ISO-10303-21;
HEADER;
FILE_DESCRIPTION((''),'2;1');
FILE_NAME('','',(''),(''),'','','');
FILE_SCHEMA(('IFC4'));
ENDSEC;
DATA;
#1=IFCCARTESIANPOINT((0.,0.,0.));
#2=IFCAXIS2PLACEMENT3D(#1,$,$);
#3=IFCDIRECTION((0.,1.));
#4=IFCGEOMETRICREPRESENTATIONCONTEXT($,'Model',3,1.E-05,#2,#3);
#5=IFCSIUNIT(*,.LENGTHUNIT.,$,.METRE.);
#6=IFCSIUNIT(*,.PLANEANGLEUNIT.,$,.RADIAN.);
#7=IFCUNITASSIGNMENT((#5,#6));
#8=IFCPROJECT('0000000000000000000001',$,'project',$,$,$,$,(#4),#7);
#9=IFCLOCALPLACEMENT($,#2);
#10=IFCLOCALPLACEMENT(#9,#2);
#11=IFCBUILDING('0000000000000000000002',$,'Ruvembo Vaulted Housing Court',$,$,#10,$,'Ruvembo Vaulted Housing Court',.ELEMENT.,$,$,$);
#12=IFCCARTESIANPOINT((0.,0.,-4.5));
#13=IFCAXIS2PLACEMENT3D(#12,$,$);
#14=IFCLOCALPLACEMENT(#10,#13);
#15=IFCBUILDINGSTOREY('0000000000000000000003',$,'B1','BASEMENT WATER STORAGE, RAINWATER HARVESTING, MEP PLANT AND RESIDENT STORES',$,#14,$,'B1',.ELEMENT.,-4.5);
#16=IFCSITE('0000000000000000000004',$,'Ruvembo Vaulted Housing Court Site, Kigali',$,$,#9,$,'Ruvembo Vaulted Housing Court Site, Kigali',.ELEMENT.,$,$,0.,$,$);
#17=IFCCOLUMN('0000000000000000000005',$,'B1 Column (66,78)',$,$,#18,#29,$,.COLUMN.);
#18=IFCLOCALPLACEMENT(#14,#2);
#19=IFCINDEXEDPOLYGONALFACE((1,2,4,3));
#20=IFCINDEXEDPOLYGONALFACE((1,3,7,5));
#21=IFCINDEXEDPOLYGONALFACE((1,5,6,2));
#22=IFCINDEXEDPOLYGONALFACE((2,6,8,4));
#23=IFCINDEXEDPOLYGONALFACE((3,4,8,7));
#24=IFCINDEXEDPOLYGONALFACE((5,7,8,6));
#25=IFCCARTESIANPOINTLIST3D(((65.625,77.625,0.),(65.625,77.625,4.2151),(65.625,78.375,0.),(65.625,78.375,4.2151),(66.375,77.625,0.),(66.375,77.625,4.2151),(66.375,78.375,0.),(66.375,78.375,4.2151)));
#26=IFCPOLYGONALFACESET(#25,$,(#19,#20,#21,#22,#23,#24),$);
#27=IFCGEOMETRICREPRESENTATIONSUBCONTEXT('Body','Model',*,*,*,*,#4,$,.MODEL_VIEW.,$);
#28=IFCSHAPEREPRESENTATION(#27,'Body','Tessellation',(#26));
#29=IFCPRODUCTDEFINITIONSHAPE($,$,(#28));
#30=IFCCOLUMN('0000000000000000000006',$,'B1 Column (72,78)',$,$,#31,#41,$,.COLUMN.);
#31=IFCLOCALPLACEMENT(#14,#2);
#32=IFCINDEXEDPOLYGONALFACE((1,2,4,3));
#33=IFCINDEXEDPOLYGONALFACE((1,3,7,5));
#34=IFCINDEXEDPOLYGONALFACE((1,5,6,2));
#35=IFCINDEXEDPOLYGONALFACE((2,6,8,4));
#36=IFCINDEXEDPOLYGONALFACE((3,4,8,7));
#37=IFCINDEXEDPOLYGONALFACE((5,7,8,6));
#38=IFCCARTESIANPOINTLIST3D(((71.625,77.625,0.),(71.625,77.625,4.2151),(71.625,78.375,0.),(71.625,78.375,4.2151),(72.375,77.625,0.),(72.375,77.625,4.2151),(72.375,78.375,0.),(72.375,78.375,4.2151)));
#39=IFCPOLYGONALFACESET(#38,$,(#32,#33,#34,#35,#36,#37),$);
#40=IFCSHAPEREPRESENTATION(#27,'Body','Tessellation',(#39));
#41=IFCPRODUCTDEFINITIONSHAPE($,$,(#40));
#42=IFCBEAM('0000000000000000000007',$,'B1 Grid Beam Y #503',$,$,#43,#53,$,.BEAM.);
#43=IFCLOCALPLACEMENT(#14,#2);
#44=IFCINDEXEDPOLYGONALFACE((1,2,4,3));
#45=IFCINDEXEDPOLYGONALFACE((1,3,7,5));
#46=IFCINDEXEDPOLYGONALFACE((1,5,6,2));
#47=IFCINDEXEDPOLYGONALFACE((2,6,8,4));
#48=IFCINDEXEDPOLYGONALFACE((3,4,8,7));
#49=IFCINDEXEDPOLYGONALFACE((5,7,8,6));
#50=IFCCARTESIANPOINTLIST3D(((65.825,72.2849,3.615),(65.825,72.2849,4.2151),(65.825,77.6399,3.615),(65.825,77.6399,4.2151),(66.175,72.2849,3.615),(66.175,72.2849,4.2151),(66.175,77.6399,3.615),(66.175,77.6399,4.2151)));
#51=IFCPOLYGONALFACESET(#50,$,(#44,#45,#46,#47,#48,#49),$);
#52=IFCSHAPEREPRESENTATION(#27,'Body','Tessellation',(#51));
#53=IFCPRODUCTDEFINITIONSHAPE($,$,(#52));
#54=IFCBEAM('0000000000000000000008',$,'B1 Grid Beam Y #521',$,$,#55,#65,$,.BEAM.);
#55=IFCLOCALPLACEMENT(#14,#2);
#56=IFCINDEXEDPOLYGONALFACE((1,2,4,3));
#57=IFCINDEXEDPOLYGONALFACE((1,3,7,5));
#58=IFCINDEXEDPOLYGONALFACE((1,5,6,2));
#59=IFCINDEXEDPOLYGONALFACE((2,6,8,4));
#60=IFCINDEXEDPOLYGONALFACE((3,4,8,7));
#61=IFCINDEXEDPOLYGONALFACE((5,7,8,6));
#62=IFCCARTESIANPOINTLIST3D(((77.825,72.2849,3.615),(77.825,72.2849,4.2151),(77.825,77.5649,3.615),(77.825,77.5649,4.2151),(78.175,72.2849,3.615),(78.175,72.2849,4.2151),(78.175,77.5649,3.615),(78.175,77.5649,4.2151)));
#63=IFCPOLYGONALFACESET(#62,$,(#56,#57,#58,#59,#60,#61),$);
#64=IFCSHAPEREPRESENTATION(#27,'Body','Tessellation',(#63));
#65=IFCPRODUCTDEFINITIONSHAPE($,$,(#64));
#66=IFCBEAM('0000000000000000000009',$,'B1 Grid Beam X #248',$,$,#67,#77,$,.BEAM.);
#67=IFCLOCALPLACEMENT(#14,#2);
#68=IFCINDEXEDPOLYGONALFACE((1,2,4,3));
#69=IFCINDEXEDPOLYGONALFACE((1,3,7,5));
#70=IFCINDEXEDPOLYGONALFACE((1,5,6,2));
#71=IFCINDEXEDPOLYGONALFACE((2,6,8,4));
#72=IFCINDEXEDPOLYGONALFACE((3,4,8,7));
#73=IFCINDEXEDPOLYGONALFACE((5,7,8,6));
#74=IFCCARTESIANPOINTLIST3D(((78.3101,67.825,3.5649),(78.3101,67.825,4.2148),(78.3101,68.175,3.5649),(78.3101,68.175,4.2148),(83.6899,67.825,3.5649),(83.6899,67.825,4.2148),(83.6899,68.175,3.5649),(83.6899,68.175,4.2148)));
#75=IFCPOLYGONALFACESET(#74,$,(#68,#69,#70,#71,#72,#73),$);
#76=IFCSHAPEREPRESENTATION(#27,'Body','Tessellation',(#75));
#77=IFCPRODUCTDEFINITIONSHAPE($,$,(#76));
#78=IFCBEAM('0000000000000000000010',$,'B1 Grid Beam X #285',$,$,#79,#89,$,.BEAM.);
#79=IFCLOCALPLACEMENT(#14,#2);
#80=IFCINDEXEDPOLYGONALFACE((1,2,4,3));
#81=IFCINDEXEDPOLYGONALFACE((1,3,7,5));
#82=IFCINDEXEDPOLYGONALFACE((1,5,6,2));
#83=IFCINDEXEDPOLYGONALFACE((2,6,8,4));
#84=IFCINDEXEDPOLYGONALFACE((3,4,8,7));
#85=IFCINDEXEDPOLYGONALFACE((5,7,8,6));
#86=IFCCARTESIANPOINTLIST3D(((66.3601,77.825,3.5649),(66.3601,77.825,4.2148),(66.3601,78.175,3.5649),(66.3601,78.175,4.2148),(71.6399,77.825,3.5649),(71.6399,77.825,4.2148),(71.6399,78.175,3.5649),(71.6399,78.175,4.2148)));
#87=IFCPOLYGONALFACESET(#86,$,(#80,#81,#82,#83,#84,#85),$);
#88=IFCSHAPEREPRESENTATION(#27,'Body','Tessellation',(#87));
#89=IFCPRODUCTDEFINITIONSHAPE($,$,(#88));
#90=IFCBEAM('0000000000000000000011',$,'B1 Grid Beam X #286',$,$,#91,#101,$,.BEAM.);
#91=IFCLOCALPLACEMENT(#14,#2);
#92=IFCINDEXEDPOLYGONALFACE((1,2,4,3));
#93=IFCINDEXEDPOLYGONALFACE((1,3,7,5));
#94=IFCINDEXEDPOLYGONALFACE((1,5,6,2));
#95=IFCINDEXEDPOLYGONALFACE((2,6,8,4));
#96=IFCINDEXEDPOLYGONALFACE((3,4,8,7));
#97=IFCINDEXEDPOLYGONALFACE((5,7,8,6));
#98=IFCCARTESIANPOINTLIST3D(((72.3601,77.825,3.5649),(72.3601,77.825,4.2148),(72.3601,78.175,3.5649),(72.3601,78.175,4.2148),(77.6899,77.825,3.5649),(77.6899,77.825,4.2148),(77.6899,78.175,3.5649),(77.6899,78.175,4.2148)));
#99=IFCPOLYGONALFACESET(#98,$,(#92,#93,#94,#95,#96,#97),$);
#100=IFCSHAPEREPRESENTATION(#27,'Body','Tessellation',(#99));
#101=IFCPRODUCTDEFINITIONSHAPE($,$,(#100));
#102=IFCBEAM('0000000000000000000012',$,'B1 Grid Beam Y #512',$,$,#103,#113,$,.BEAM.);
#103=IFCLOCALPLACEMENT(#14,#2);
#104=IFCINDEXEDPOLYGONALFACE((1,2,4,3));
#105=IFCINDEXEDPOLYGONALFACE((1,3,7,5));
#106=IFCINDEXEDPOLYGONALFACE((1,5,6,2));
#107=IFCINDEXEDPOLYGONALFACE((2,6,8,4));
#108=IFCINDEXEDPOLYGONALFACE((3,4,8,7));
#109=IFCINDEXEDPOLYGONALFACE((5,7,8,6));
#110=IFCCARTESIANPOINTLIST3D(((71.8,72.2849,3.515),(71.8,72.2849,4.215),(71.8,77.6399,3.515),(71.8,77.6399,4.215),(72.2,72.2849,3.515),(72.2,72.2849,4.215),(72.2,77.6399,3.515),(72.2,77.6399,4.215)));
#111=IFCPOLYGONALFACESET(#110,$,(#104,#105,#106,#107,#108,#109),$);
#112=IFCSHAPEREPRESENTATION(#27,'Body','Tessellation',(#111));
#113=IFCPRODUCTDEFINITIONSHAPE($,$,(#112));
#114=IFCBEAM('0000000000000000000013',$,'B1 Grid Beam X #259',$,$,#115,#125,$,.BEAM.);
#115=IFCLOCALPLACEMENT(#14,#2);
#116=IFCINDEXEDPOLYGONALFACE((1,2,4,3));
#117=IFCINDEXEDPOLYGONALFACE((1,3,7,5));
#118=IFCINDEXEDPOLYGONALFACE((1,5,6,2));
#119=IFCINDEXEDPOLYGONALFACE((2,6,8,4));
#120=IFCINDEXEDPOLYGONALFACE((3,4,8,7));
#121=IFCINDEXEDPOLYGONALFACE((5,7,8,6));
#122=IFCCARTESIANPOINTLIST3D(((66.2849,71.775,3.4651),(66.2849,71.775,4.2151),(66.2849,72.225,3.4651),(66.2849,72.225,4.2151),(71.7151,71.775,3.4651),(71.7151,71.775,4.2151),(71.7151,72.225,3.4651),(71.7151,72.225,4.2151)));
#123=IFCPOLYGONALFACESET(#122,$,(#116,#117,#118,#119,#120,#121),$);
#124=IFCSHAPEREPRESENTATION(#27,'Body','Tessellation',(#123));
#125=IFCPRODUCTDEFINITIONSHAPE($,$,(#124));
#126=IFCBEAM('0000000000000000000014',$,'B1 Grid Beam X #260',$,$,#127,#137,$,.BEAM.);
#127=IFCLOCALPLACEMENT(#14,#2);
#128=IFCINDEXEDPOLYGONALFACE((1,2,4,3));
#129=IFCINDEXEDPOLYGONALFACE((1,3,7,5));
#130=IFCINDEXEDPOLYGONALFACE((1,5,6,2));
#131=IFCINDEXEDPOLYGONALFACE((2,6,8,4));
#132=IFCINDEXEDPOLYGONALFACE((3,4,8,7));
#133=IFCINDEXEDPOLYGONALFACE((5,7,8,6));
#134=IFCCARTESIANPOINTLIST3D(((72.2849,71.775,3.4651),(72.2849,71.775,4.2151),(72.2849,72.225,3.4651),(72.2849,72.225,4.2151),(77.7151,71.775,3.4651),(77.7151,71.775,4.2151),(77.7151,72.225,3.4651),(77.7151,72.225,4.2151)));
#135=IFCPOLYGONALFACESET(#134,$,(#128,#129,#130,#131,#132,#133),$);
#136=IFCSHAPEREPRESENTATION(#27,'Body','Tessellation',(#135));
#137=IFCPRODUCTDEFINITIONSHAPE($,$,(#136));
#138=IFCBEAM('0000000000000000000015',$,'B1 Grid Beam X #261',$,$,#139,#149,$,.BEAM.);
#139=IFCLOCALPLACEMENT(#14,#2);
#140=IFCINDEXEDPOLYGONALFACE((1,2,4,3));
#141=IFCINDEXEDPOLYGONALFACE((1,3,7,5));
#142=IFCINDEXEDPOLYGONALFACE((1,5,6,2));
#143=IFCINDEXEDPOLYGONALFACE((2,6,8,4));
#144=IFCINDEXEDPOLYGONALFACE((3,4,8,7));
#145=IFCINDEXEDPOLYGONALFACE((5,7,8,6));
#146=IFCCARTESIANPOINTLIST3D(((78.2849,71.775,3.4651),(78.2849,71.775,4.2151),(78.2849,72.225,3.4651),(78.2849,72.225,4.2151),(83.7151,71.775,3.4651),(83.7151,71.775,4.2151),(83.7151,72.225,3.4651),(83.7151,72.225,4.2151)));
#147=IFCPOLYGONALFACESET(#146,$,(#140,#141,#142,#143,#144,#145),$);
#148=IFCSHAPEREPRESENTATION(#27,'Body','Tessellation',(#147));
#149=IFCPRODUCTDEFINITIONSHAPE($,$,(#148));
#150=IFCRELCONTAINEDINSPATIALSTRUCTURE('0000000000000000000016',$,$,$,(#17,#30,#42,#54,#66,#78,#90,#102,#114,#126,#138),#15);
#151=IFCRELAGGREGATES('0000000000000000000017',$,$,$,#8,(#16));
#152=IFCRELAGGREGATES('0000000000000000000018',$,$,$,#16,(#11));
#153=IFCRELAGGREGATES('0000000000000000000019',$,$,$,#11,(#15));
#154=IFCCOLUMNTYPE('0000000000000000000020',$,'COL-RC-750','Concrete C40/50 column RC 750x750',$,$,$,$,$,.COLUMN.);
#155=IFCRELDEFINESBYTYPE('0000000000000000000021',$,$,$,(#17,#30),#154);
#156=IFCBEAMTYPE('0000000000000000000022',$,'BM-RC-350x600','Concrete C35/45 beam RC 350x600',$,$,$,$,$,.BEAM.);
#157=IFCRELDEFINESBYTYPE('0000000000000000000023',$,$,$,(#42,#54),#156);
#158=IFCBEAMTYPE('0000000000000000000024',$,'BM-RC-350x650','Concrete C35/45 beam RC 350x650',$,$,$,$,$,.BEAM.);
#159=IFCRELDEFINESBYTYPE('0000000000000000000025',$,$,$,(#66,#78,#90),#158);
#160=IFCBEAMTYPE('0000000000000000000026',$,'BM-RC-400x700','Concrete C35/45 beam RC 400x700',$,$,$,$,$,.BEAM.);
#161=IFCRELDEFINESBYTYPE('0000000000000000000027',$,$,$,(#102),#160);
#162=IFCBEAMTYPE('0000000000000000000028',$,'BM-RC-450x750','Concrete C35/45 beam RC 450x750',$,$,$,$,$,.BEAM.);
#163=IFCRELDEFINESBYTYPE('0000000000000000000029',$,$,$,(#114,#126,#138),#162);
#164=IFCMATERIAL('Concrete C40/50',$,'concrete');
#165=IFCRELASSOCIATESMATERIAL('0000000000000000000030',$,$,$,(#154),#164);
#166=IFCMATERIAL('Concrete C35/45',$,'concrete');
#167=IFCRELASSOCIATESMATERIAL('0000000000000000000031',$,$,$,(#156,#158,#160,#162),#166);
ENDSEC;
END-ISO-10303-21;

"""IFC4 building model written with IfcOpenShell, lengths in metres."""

from ifc_helpers import new_model, si_unit, direction, frame, origin, origin_2d, place, context, subcontext, project, spatial, rectangle, extrude, material, material_profile, profile_set, type_object, element, save


model = new_model("IFC4")

# Units and contexts
model_context = context("Model", 3, precision=1e-05, world=origin(), true_north=direction((0.0, 1.0)))
body_context = subcontext(model_context, "Body", "Model", "MODEL_VIEW")
ifc_project = project(units=[si_unit("LENGTHUNIT", "METRE"), si_unit("PLANEANGLEUNIT", "RADIAN")], contexts=[model_context])

# Site, building, storey
site_placement = place(None, origin())
site = spatial("IfcSite", under=ifc_project, at=site_placement, Name="Ruvembo Vaulted Housing Court Site, Kigali", LongName="Ruvembo Vaulted Housing Court Site, Kigali", CompositionType="ELEMENT", RefElevation=0.0)
building_placement = place(site_placement, origin())
building = spatial("IfcBuilding", under=site, at=building_placement, Name="Ruvembo Vaulted Housing Court", LongName="Ruvembo Vaulted Housing Court", CompositionType="ELEMENT")
storey_placement = place(building_placement, frame((0.0, 0.0, -4.5)))
storey = spatial("IfcBuildingStorey", under=building, at=storey_placement, Name="B1", Description="BASEMENT WATER STORAGE, RAINWATER HARVESTING, MEP PLANT AND RESIDENT STORES", LongName="B1", CompositionType="ELEMENT", Elevation=-4.5)

# Shared definitions
ifc_material_1 = material(Name="Concrete C35/45", Category="concrete")

# Columns
ifc_material_2 = material(Name="Concrete C40/50", Category="concrete")
ifc_material_profile_1 = material_profile(ifc_material_2, rectangle(XDim=0.75, YDim=0.75, at=origin_2d()), Name="RC 750x750")
ifc_profile_set_1 = profile_set([ifc_material_profile_1], Name="Concrete C40/50")
column_type_1 = type_object("IfcColumnType", Name="COL-RC-750", Description="Concrete C40/50 column RC 750x750", PredefinedType="COLUMN", material=ifc_profile_set_1)
for number, where, z_axis, x_axis, name in (
    (1, (66.0, 78.0, 0.0), (0.0, 0.0, 1.0), (1.0, 0.0, 0.0), "B1 Column (66,78)"),
    (2, (72.0, 78.0, 0.0), (0.0, 0.0, 1.0), (1.0, 0.0, 0.0), "B1 Column (72,78)"),
):
    element("IfcColumn", number, at=place(storey_placement, frame(where, z_axis=z_axis, x_axis=x_axis)), inside=storey, type_object=column_type_1, Name=name, PredefinedType="COLUMN", context=body_context, shape_type="SweptSolid", body=[
        extrude(rectangle(XDim=0.75, YDim=0.75, at=origin_2d()), origin(), (0.0, 0.0, 1.0), 4.2151),
    ])

# Beams
ifc_material_profile_2 = material_profile(ifc_material_1, rectangle(XDim=0.3501, YDim=0.6001, at=origin_2d()), Name="RC 350x600")
ifc_profile_set_2 = profile_set([ifc_material_profile_2], Name="Concrete C35/45")
beam_type_1 = type_object("IfcBeamType", Name="BM-RC-350x600", Description="Concrete C35/45 beam RC 350x600", PredefinedType="BEAM", material=ifc_profile_set_2)
beam_1_placement = place(storey_placement, frame((66.0, 72.2849, 3.915), z_axis=(0.0, 1.0, 0.0), x_axis=(-1.0, 0.0, 0.0)))
element("IfcBeam", 3, at=beam_1_placement, inside=storey, type_object=beam_type_1, Name="B1 Grid Beam Y #503", PredefinedType="BEAM", context=body_context, shape_type="SweptSolid", body=[
    extrude(rectangle(XDim=0.3501, YDim=0.6001, at=origin_2d()), origin(), (0.0, 0.0, 1.0), 5.355),
])
beam_2_placement = place(storey_placement, frame((78.0, 72.2849, 3.915), z_axis=(0.0, 1.0, 0.0), x_axis=(-1.0, 0.0, 0.0)))
element("IfcBeam", 4, at=beam_2_placement, inside=storey, type_object=beam_type_1, Name="B1 Grid Beam Y #521", PredefinedType="BEAM", context=body_context, shape_type="SweptSolid", body=[
    extrude(rectangle(XDim=0.3501, YDim=0.6001, at=origin_2d()), origin(), (0.0, 0.0, 1.0), 5.28),
])
ifc_material_profile_3 = material_profile(ifc_material_1, rectangle(XDim=0.3501, YDim=0.6499, at=origin_2d()), Name="RC 350x650")
ifc_profile_set_3 = profile_set([ifc_material_profile_3], Name="Concrete C35/45")
beam_type_2 = type_object("IfcBeamType", Name="BM-RC-350x650", Description="Concrete C35/45 beam RC 350x650", PredefinedType="BEAM", material=ifc_profile_set_3)
beam_3_placement = place(storey_placement, frame((78.3101, 68.0, 3.8899), z_axis=(1.0, 0.0, 0.0), x_axis=(0.0, 1.0, 0.0)))
element("IfcBeam", 5, at=beam_3_placement, inside=storey, type_object=beam_type_2, Name="B1 Grid Beam X #248", PredefinedType="BEAM", context=body_context, shape_type="SweptSolid", body=[
    extrude(rectangle(XDim=0.3501, YDim=0.6499, at=origin_2d()), origin(), (0.0, 0.0, 1.0), 5.3799),
])
beam_4_placement = place(storey_placement, frame((66.3601, 78.0, 3.8899), z_axis=(1.0, 0.0, 0.0), x_axis=(0.0, 1.0, 0.0)))
element("IfcBeam", 6, at=beam_4_placement, inside=storey, type_object=beam_type_2, Name="B1 Grid Beam X #285", PredefinedType="BEAM", context=body_context, shape_type="SweptSolid", body=[
    extrude(rectangle(XDim=0.3501, YDim=0.6499, at=origin_2d()), origin(), (0.0, 0.0, 1.0), 5.2798),
])
beam_5_placement = place(storey_placement, frame((72.3601, 78.0, 3.8899), z_axis=(1.0, 0.0, 0.0), x_axis=(0.0, 1.0, 0.0)))
element("IfcBeam", 7, at=beam_5_placement, inside=storey, type_object=beam_type_2, Name="B1 Grid Beam X #286", PredefinedType="BEAM", context=body_context, shape_type="SweptSolid", body=[
    extrude(rectangle(XDim=0.3501, YDim=0.6499, at=origin_2d()), origin(), (0.0, 0.0, 1.0), 5.3298),
])
ifc_material_profile_4 = material_profile(ifc_material_1, rectangle(XDim=0.3999, YDim=0.7, at=origin_2d()), Name="RC 400x700")
ifc_profile_set_4 = profile_set([ifc_material_profile_4], Name="Concrete C35/45")
beam_type_3 = type_object("IfcBeamType", Name="BM-RC-400x700", Description="Concrete C35/45 beam RC 400x700", PredefinedType="BEAM", material=ifc_profile_set_4)
beam_6_placement = place(storey_placement, frame((72.0, 72.2849, 3.865), z_axis=(0.0, 1.0, 0.0), x_axis=(-1.0, 0.0, 0.0)))
element("IfcBeam", 8, at=beam_6_placement, inside=storey, type_object=beam_type_3, Name="B1 Grid Beam Y #512", PredefinedType="BEAM", context=body_context, shape_type="SweptSolid", body=[
    extrude(rectangle(XDim=0.3999, YDim=0.7, at=origin_2d()), origin(), (0.0, 0.0, 1.0), 5.355),
])
ifc_material_profile_5 = material_profile(ifc_material_1, rectangle(XDim=0.45, YDim=0.75, at=origin_2d()), Name="RC 450x750")
ifc_profile_set_5 = profile_set([ifc_material_profile_5], Name="Concrete C35/45")
beam_type_4 = type_object("IfcBeamType", Name="BM-RC-450x750", Description="Concrete C35/45 beam RC 450x750", PredefinedType="BEAM", material=ifc_profile_set_5)
for number, where, z_axis, x_axis, name in (
    (9, (66.2849, 72.0, 3.8401), (1.0, 0.0, 0.0), (0.0, 1.0, 0.0), "B1 Grid Beam X #259"),
    (10, (72.2849, 72.0, 3.8401), (1.0, 0.0, 0.0), (0.0, 1.0, 0.0), "B1 Grid Beam X #260"),
    (11, (78.2849, 72.0, 3.8401), (1.0, 0.0, 0.0), (0.0, 1.0, 0.0), "B1 Grid Beam X #261"),
):
    element("IfcBeam", number, at=place(storey_placement, frame(where, z_axis=z_axis, x_axis=x_axis)), inside=storey, type_object=beam_type_4, Name=name, PredefinedType="BEAM", context=body_context, shape_type="SweptSolid", body=[
        extrude(rectangle(XDim=0.45, YDim=0.75, at=origin_2d()), origin(), (0.0, 0.0, 1.0), 5.4302),
    ])

save(model, "model.ifc")
